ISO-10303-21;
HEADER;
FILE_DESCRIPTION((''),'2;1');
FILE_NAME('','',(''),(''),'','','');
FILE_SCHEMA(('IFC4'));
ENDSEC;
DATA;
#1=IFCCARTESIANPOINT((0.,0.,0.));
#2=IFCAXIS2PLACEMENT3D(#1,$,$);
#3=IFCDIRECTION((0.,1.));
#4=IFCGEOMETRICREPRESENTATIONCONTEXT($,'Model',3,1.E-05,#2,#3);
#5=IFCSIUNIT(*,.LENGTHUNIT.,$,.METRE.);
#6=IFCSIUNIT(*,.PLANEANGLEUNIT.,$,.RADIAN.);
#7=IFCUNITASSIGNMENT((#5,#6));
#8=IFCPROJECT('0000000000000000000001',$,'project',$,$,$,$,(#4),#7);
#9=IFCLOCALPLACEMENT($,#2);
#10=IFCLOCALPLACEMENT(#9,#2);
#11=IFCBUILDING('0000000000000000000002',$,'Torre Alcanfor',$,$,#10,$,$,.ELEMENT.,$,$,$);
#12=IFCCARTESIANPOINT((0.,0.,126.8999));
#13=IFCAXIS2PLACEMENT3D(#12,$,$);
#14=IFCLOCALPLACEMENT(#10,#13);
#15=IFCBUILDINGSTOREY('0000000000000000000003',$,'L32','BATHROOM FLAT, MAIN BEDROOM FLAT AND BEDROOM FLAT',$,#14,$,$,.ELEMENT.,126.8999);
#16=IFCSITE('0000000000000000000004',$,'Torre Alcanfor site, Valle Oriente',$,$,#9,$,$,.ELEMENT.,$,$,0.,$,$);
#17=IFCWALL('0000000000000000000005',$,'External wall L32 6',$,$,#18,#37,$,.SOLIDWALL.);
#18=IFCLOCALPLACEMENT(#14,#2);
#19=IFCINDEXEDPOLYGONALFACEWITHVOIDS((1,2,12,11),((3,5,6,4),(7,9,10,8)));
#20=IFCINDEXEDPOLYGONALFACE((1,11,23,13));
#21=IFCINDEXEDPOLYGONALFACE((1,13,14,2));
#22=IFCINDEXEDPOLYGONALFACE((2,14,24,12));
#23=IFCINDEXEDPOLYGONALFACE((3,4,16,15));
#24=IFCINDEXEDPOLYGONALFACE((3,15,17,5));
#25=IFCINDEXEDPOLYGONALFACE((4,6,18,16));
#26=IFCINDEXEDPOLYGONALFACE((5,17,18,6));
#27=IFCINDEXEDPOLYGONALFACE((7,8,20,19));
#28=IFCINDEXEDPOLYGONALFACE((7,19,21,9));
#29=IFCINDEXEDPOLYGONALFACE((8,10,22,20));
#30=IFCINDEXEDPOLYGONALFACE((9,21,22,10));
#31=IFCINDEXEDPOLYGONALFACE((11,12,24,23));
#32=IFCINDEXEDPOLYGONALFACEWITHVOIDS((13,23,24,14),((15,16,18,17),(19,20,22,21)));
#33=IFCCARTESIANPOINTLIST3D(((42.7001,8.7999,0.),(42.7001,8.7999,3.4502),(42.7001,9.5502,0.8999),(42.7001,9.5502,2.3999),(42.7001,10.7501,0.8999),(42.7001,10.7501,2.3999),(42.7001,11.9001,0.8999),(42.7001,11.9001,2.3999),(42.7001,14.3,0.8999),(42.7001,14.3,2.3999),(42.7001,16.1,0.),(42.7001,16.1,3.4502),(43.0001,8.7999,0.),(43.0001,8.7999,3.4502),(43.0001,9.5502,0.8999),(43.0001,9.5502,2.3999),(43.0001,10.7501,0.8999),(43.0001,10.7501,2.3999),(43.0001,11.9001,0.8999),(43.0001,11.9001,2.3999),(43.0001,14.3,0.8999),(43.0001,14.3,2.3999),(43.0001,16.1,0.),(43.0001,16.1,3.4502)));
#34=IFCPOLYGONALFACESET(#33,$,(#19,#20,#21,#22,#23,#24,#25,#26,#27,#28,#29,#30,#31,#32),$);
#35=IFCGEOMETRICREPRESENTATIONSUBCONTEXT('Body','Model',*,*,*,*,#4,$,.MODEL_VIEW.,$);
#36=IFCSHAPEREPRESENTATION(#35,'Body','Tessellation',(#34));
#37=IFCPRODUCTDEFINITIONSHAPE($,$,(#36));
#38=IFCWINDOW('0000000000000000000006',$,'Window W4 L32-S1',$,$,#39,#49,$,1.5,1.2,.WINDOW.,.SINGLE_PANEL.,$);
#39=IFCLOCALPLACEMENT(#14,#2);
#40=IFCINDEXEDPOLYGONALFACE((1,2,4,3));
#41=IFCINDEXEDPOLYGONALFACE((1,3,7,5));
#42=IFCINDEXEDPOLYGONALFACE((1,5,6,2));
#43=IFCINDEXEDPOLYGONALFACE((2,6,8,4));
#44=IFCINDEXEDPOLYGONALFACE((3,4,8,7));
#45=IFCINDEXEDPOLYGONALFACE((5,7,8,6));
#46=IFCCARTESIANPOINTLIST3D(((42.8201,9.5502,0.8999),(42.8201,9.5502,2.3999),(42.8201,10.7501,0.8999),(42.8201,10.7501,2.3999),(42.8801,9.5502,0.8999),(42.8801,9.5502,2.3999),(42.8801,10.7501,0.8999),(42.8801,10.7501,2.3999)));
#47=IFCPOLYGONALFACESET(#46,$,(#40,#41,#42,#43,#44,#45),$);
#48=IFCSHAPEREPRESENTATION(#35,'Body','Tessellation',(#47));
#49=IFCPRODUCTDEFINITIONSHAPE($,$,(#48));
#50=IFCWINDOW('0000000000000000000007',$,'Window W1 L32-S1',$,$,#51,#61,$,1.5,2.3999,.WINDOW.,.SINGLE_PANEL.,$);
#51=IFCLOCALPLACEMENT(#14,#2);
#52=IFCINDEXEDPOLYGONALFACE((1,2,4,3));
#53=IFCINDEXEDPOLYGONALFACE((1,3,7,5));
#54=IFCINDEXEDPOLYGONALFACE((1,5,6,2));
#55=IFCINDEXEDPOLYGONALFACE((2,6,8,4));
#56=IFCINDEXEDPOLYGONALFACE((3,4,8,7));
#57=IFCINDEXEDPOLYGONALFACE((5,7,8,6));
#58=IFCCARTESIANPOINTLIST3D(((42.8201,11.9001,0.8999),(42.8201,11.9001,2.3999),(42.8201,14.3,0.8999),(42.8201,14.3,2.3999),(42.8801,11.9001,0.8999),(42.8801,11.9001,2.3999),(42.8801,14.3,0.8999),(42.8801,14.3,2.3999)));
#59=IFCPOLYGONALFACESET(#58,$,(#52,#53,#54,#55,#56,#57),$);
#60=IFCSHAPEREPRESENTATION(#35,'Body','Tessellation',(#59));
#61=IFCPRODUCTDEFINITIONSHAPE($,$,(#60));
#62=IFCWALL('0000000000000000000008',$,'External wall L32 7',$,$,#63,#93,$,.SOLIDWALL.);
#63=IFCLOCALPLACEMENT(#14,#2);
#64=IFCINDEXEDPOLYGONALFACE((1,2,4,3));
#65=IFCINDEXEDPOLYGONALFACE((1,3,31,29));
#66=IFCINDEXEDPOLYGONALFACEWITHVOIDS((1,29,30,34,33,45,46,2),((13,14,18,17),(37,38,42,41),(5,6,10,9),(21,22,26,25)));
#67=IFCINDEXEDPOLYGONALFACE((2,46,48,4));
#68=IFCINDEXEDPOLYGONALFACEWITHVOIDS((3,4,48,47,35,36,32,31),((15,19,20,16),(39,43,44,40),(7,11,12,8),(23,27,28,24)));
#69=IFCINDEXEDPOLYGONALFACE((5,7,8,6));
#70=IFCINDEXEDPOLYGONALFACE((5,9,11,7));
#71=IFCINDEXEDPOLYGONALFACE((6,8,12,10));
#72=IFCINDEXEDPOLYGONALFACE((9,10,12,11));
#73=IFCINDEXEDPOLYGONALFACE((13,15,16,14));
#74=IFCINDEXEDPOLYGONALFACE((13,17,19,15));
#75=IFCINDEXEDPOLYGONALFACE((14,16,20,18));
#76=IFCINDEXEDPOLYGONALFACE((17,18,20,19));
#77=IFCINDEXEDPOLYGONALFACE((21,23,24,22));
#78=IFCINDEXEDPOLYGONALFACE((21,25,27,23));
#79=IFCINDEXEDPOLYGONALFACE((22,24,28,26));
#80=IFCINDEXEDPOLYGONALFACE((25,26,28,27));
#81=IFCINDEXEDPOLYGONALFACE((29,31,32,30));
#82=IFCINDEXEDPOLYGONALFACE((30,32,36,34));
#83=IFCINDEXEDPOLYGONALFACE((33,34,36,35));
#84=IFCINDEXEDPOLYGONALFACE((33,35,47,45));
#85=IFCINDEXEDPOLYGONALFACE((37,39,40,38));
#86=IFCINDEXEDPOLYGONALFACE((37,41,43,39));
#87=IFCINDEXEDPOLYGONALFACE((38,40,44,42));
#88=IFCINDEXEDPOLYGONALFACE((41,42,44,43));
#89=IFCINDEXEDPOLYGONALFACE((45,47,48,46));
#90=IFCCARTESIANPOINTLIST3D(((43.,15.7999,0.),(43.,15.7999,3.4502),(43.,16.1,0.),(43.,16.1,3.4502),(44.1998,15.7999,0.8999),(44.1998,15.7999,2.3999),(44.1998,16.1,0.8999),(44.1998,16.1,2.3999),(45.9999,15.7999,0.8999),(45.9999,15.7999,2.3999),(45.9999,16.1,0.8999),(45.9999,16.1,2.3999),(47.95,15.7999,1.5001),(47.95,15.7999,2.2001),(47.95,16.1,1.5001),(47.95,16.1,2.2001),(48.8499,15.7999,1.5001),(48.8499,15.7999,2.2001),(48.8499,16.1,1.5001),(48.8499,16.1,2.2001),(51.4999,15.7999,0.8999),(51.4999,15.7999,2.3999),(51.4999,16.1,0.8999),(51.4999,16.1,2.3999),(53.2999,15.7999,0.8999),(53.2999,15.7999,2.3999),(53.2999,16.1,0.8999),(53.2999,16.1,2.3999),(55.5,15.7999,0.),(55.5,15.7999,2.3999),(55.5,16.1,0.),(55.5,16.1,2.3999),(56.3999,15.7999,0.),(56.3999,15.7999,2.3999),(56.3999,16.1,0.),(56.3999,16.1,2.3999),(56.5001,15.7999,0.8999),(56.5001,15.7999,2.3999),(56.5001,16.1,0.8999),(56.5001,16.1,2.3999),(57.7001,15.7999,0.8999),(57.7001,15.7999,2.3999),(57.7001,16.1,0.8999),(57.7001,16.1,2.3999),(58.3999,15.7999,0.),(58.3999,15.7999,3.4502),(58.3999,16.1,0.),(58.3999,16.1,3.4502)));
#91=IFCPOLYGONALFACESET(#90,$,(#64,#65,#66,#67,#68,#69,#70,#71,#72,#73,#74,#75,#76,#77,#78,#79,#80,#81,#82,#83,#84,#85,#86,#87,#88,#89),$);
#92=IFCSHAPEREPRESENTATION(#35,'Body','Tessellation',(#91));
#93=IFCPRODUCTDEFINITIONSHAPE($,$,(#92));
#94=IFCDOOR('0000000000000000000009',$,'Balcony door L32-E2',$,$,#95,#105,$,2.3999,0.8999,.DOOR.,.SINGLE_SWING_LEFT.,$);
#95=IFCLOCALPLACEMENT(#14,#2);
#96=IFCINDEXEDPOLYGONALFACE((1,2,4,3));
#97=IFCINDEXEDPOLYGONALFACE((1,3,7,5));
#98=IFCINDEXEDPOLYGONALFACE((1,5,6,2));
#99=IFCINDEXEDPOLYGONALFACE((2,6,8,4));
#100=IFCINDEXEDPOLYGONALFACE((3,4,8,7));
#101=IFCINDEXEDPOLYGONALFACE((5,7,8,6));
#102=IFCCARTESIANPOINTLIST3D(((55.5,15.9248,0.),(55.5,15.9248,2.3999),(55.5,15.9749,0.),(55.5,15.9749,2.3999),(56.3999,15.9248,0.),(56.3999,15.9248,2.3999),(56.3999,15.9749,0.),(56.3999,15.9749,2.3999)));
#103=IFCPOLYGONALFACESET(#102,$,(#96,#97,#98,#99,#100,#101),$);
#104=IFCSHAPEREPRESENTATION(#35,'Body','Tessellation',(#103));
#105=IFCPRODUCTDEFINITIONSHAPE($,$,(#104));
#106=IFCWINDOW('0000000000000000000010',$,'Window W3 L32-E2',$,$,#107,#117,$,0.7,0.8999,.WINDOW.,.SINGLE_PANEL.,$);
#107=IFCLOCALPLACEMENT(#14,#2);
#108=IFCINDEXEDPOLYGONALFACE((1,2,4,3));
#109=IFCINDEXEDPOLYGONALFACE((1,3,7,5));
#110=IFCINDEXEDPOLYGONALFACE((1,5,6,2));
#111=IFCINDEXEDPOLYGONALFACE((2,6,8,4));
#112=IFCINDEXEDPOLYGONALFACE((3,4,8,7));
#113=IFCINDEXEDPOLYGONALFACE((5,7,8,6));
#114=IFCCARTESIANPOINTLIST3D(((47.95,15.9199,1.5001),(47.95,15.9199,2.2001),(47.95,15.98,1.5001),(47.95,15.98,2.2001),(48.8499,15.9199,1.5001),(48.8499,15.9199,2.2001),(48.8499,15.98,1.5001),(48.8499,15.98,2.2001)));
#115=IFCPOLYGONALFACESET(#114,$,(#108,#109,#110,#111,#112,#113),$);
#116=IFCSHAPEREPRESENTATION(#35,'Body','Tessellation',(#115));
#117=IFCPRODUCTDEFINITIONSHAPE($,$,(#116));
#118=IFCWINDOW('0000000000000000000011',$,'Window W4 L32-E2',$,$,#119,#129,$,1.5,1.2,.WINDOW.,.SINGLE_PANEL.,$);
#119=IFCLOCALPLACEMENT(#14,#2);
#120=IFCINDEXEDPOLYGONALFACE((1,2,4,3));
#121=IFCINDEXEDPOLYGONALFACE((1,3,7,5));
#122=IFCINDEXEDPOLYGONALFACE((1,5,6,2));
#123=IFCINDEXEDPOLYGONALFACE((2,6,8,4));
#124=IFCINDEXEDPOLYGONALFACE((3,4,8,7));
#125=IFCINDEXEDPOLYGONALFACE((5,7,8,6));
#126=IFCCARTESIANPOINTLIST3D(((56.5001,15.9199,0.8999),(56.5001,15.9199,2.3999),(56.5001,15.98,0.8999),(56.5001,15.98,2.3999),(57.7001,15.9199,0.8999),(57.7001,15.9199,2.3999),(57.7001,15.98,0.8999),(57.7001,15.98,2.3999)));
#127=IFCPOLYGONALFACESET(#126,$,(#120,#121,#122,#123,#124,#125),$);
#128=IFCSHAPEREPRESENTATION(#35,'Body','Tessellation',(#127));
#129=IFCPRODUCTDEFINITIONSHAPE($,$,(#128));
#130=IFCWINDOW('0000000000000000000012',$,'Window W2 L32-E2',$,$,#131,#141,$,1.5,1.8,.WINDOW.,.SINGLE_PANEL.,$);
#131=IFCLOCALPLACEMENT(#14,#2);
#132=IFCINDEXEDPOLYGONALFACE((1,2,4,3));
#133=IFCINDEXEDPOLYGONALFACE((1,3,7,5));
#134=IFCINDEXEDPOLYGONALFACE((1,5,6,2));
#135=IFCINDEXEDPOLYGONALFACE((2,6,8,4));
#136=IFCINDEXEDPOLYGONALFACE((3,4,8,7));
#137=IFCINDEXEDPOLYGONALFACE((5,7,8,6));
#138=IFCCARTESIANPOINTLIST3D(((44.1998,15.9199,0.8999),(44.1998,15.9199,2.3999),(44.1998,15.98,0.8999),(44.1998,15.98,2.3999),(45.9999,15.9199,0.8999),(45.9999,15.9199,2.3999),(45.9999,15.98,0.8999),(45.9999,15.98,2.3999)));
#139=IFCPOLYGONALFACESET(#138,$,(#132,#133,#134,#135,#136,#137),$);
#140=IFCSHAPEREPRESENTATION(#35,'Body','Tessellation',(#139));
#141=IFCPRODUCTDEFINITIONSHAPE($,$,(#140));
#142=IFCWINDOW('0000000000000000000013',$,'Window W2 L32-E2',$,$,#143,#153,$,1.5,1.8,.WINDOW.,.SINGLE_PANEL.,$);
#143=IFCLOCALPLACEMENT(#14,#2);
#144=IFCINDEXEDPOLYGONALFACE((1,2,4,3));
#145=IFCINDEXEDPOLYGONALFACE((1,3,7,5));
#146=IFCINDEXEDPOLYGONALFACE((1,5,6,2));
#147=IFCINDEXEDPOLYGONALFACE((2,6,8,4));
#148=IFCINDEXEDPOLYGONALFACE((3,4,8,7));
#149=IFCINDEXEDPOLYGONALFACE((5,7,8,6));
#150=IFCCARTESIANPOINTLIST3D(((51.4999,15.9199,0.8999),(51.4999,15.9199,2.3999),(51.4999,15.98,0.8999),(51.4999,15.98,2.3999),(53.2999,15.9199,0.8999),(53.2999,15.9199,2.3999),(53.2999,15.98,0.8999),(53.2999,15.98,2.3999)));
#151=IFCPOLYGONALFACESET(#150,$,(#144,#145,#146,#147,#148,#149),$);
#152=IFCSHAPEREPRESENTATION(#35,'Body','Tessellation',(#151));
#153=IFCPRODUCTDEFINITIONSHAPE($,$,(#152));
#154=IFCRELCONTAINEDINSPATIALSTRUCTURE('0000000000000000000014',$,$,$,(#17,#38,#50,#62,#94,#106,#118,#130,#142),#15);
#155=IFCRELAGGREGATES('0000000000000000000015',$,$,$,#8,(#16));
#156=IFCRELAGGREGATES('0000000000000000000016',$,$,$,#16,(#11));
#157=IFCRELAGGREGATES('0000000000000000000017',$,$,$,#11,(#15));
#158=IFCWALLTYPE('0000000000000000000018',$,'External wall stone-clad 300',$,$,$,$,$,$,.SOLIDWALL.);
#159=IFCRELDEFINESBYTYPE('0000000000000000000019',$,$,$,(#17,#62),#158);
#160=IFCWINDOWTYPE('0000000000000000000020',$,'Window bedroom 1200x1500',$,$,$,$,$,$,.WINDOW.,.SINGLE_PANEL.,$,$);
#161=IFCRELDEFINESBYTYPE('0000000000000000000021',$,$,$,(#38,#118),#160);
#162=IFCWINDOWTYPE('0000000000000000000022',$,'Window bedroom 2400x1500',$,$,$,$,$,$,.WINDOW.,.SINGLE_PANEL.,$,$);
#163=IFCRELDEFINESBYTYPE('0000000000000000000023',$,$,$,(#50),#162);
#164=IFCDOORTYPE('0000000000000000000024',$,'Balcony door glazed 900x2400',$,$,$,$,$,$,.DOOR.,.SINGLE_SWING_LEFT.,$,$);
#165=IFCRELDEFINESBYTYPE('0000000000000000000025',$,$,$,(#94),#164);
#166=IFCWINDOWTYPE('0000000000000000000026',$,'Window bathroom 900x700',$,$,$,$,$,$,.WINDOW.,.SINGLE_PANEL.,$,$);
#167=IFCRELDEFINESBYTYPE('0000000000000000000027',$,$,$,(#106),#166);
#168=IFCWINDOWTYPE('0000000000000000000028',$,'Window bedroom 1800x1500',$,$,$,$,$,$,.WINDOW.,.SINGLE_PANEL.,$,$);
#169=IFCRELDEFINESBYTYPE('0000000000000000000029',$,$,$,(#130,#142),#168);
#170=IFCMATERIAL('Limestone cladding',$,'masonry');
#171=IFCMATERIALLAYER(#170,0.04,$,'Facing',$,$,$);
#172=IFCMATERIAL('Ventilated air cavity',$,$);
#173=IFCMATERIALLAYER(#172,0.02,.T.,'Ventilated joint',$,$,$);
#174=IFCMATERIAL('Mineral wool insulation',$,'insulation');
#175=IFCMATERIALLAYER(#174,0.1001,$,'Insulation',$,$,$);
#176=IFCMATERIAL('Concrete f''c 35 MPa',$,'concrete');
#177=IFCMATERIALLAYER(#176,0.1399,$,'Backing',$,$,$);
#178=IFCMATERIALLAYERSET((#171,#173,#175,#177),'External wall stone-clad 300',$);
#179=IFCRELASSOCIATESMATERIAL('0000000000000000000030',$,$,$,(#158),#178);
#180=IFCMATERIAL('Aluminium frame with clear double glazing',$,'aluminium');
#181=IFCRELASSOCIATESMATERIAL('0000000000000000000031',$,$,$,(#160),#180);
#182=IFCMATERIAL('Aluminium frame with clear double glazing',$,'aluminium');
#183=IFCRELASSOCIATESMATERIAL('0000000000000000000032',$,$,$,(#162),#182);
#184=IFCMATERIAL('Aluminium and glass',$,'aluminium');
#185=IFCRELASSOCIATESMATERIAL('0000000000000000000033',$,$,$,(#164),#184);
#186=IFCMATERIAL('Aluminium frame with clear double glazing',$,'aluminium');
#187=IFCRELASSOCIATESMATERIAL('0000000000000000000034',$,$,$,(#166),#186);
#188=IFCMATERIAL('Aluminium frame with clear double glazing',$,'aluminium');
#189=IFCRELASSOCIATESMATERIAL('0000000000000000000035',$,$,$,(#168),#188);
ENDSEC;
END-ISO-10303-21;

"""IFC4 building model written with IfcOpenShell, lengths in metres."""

from ifc_helpers import new_model, si_unit, direction, frame, frame_2d, origin, place, context, subcontext, project, spatial, rectangle, extrude, material, layer, layer_set, type_object, element, fill, save


model = new_model("IFC4")

# Units and contexts
model_context = context("Model", 3, precision=1e-05, world=origin(), true_north=direction((0.0, 1.0)))
body_context = subcontext(model_context, "Body", "Model", "MODEL_VIEW")
ifc_project = project(units=[si_unit("LENGTHUNIT", "METRE"), si_unit("PLANEANGLEUNIT", "RADIAN")], contexts=[model_context])

# Site, building, storey
site_placement = place(None, origin())
site = spatial("IfcSite", under=ifc_project, at=site_placement, Name="Torre Alcanfor site, Valle Oriente", CompositionType="ELEMENT", RefElevation=0.0)
building_placement = place(site_placement, origin())
building = spatial("IfcBuilding", under=site, at=building_placement, Name="Torre Alcanfor", CompositionType="ELEMENT")
storey_placement = place(building_placement, frame((0.0, 0.0, 126.8999)))
storey = spatial("IfcBuildingStorey", under=building, at=storey_placement, Name="L32", Description="BATHROOM FLAT, MAIN BEDROOM FLAT AND BEDROOM FLAT", CompositionType="ELEMENT", Elevation=126.8999)

# Wall, openings, windows
ifc_material_1 = material(Name="Limestone cladding", Category="masonry")
ifc_layer_1 = layer(ifc_material_1, 0.04, Name="Facing")
ifc_material_2 = material(Name="Ventilated air cavity")
ifc_layer_2 = layer(ifc_material_2, 0.02, ventilated=True, Name="Ventilated joint")
ifc_material_3 = material(Name="Mineral wool insulation", Category="insulation")
ifc_layer_3 = layer(ifc_material_3, 0.1001, Name="Insulation")
ifc_material_4 = material(Name="Concrete f'c 35 MPa", Category="concrete")
ifc_layer_4 = layer(ifc_material_4, 0.1399, Name="Backing")
ifc_layer_set_1 = layer_set([ifc_layer_1, ifc_layer_2, ifc_layer_3, ifc_layer_4], Name="External wall stone-clad 300")
wall_type_1 = type_object("IfcWallType", Name="External wall stone-clad 300", PredefinedType="SOLIDWALL", material=ifc_layer_set_1)
wall_1_placement = place(storey_placement, frame((42.8501, 8.8, 0.0), z_axis=(0.0, 0.0, 1.0), x_axis=(0.0, 1.0, 0.0)))
wall_1 = element("IfcWall", 1, at=wall_1_placement, inside=storey, type_object=wall_type_1, Name="External wall L32 6", PredefinedType="SOLIDWALL", context=body_context, shape_type="SweptSolid", body=[
    extrude(rectangle(XDim=7.3, YDim=0.3, at=frame_2d((3.6499, 0.0))), origin(), (0.0, 0.0, 1.0), 3.4502),
])
opening_1_placement = place(wall_1_placement, frame((3.1001, 0.0, 0.8999)))
opening_1 = element("IfcOpeningElement", 2, at=opening_1_placement, cuts=wall_1, PredefinedType="OPENING", context=body_context, shape_type="SweptSolid", body=[
    extrude(rectangle(XDim=2.3999, YDim=1.5, at=frame_2d((1.2, 0.75))), frame((0.0, 0.1599, 0.0), z_axis=(0.0, -1.0, 0.0), x_axis=(1.0, 0.0, 0.0)), (0.0, 0.0, 1.0), 0.3201),
])
opening_2_placement = place(wall_1_placement, frame((0.75, 0.0, 0.8999)))
opening_2 = element("IfcOpeningElement", 3, at=opening_2_placement, cuts=wall_1, PredefinedType="OPENING", context=body_context, shape_type="SweptSolid", body=[
    extrude(rectangle(XDim=1.2, YDim=1.5, at=frame_2d((0.6001, 0.75))), frame((0.0, 0.1599, 0.0), z_axis=(0.0, -1.0, 0.0), x_axis=(1.0, 0.0, 0.0)), (0.0, 0.0, 1.0), 0.3201),
])
ifc_material_5 = material(Name="Aluminium frame with clear double glazing", Category="aluminium")
window_type_1 = type_object("IfcWindowType", Name="Window bedroom 1200x1500", PartitioningType="SINGLE_PANEL", PredefinedType="WINDOW", material=ifc_material_5)
window_1_placement = place(opening_2_placement, origin())
window_1 = element("IfcWindow", 4, at=window_1_placement, inside=storey, type_object=window_type_1, Name="Window W4 L32-S1", OverallHeight=1.5, OverallWidth=1.2, PartitioningType="SINGLE_PANEL", PredefinedType="WINDOW", context=body_context, shape_type="SweptSolid", body=[
    extrude(rectangle(XDim=1.2, YDim=1.5, at=frame_2d((0.6001, 0.75))), frame((0.0, 0.03, 0.0), z_axis=(0.0, -1.0, 0.0), x_axis=(1.0, 0.0, 0.0)), (0.0, 0.0, 1.0), 0.0601),
])
fill(opening_2, window_1)
ifc_material_6 = material(Name="Aluminium frame with clear double glazing", Category="aluminium")
window_type_2 = type_object("IfcWindowType", Name="Window bedroom 2400x1500", PartitioningType="SINGLE_PANEL", PredefinedType="WINDOW", material=ifc_material_6)
window_2_placement = place(opening_1_placement, origin())
window_2 = element("IfcWindow", 5, at=window_2_placement, inside=storey, type_object=window_type_2, Name="Window W1 L32-S1", OverallHeight=1.5, OverallWidth=2.3999, PartitioningType="SINGLE_PANEL", PredefinedType="WINDOW", context=body_context, shape_type="SweptSolid", body=[
    extrude(rectangle(XDim=2.3999, YDim=1.5, at=frame_2d((1.2, 0.75))), frame((0.0, 0.03, 0.0), z_axis=(0.0, -1.0, 0.0), x_axis=(1.0, 0.0, 0.0)), (0.0, 0.0, 1.0), 0.0601),
])
fill(opening_1, window_2)

# Wall, openings, door, windows
wall_2_placement = place(storey_placement, frame((43.0, 15.95, 0.0), z_axis=(0.0, 0.0, 1.0), x_axis=(1.0, 0.0, 0.0)))
wall_2 = element("IfcWall", 6, at=wall_2_placement, inside=storey, type_object=wall_type_1, Name="External wall L32 7", PredefinedType="SOLIDWALL", context=body_context, shape_type="SweptSolid", body=[
    extrude(rectangle(XDim=15.3999, YDim=0.3, at=frame_2d((7.7, 0.0))), origin(), (0.0, 0.0, 1.0), 3.4502),
])
opening_3_placement = place(wall_2_placement, frame((1.2, 0.0, 0.8999)))
opening_3 = element("IfcOpeningElement", 7, at=opening_3_placement, cuts=wall_2, PredefinedType="OPENING", context=body_context, shape_type="SweptSolid", body=[
    extrude(rectangle(XDim=1.8, YDim=1.5, at=frame_2d((0.8999, 0.75))), frame((0.0, 0.1599, 0.0), z_axis=(0.0, -1.0, 0.0), x_axis=(1.0, 0.0, 0.0)), (0.0, 0.0, 1.0), 0.3201),
])
opening_4_placement = place(wall_2_placement, frame((4.95, 0.0, 1.5)))
opening_4 = element("IfcOpeningElement", 8, at=opening_4_placement, cuts=wall_2, PredefinedType="OPENING", context=body_context, shape_type="SweptSolid", body=[
    extrude(rectangle(XDim=0.8999, YDim=0.7, at=frame_2d((0.45, 0.3501))), frame((0.0, 0.1599, 0.0), z_axis=(0.0, -1.0, 0.0), x_axis=(1.0, 0.0, 0.0)), (0.0, 0.0, 1.0), 0.3201),
])
opening_5_placement = place(wall_2_placement, frame((8.5, 0.0, 0.8999)))
opening_5 = element("IfcOpeningElement", 9, at=opening_5_placement, cuts=wall_2, PredefinedType="OPENING", context=body_context, shape_type="SweptSolid", body=[
    extrude(rectangle(XDim=1.8, YDim=1.5, at=frame_2d((0.8999, 0.75))), frame((0.0, 0.1599, 0.0), z_axis=(0.0, -1.0, 0.0), x_axis=(1.0, 0.0, 0.0)), (0.0, 0.0, 1.0), 0.3201),
])
opening_6_placement = place(wall_2_placement, frame((12.5, 0.0, 0.0)))
opening_6 = element("IfcOpeningElement", 10, at=opening_6_placement, cuts=wall_2, PredefinedType="OPENING", context=body_context, shape_type="SweptSolid", body=[
    extrude(rectangle(XDim=0.8999, YDim=2.3999, at=frame_2d((0.45, 1.2))), frame((0.0, 0.1599, 0.0), z_axis=(0.0, -1.0, 0.0), x_axis=(1.0, 0.0, 0.0)), (0.0, 0.0, 1.0), 0.3201),
])
opening_7_placement = place(wall_2_placement, frame((13.5, 0.0, 0.8999)))
opening_7 = element("IfcOpeningElement", 11, at=opening_7_placement, cuts=wall_2, PredefinedType="OPENING", context=body_context, shape_type="SweptSolid", body=[
    extrude(rectangle(XDim=1.2, YDim=1.5, at=frame_2d((0.6001, 0.75))), frame((0.0, 0.1599, 0.0), z_axis=(0.0, -1.0, 0.0), x_axis=(1.0, 0.0, 0.0)), (0.0, 0.0, 1.0), 0.3201),
])
ifc_material_7 = material(Name="Aluminium and glass", Category="aluminium")
door_type_1 = type_object("IfcDoorType", Name="Balcony door glazed 900x2400", OperationType="SINGLE_SWING_LEFT", PredefinedType="DOOR", material=ifc_material_7)
door_1_placement = place(opening_6_placement, origin())
door_1 = element("IfcDoor", 12, at=door_1_placement, inside=storey, type_object=door_type_1, Name="Balcony door L32-E2", OperationType="SINGLE_SWING_LEFT", OverallHeight=2.3999, OverallWidth=0.8999, PredefinedType="DOOR", context=body_context, shape_type="SweptSolid", body=[
    extrude(rectangle(XDim=0.8999, YDim=2.3999, at=frame_2d((0.45, 1.2))), frame((0.0, 0.0249, 0.0), z_axis=(0.0, -1.0, 0.0), x_axis=(1.0, 0.0, 0.0)), (0.0, 0.0, 1.0), 0.05),
])
fill(opening_6, door_1)
ifc_material_8 = material(Name="Aluminium frame with clear double glazing", Category="aluminium")
window_type_3 = type_object("IfcWindowType", Name="Window bathroom 900x700", PartitioningType="SINGLE_PANEL", PredefinedType="WINDOW", material=ifc_material_8)
window_3_placement = place(opening_4_placement, origin())
window_3 = element("IfcWindow", 13, at=window_3_placement, inside=storey, type_object=window_type_3, Name="Window W3 L32-E2", OverallHeight=0.7, OverallWidth=0.8999, PartitioningType="SINGLE_PANEL", PredefinedType="WINDOW", context=body_context, shape_type="SweptSolid", body=[
    extrude(rectangle(XDim=0.8999, YDim=0.7, at=frame_2d((0.45, 0.3501))), frame((0.0, 0.03, 0.0), z_axis=(0.0, -1.0, 0.0), x_axis=(1.0, 0.0, 0.0)), (0.0, 0.0, 1.0), 0.0601),
])
fill(opening_4, window_3)
window_4_placement = place(opening_7_placement, origin())
window_4 = element("IfcWindow", 14, at=window_4_placement, inside=storey, type_object=window_type_1, Name="Window W4 L32-E2", OverallHeight=1.5, OverallWidth=1.2, PartitioningType="SINGLE_PANEL", PredefinedType="WINDOW", context=body_context, shape_type="SweptSolid", body=[
    extrude(rectangle(XDim=1.2, YDim=1.5, at=frame_2d((0.6001, 0.75))), frame((0.0, 0.03, 0.0), z_axis=(0.0, -1.0, 0.0), x_axis=(1.0, 0.0, 0.0)), (0.0, 0.0, 1.0), 0.0601),
])
fill(opening_7, window_4)
ifc_material_9 = material(Name="Aluminium frame with clear double glazing", Category="aluminium")
window_type_4 = type_object("IfcWindowType", Name="Window bedroom 1800x1500", PartitioningType="SINGLE_PANEL", PredefinedType="WINDOW", material=ifc_material_9)
window_5_placement = place(opening_3_placement, origin())
window_5 = element("IfcWindow", 15, at=window_5_placement, inside=storey, type_object=window_type_4, Name="Window W2 L32-E2", OverallHeight=1.5, OverallWidth=1.8, PartitioningType="SINGLE_PANEL", PredefinedType="WINDOW", context=body_context, shape_type="SweptSolid", body=[
    extrude(rectangle(XDim=1.8, YDim=1.5, at=frame_2d((0.8999, 0.75))), frame((0.0, 0.03, 0.0), z_axis=(0.0, -1.0, 0.0), x_axis=(1.0, 0.0, 0.0)), (0.0, 0.0, 1.0), 0.0601),
])
fill(opening_3, window_5)
window_6_placement = place(opening_5_placement, origin())
window_6 = element("IfcWindow", 16, at=window_6_placement, inside=storey, type_object=window_type_4, Name="Window W2 L32-E2", OverallHeight=1.5, OverallWidth=1.8, PartitioningType="SINGLE_PANEL", PredefinedType="WINDOW", context=body_context, shape_type="SweptSolid", body=[
    extrude(rectangle(XDim=1.8, YDim=1.5, at=frame_2d((0.8999, 0.75))), frame((0.0, 0.03, 0.0), z_axis=(0.0, -1.0, 0.0), x_axis=(1.0, 0.0, 0.0)), (0.0, 0.0, 1.0), 0.0601),
])
fill(opening_5, window_6)

save(model, "model.ifc")
